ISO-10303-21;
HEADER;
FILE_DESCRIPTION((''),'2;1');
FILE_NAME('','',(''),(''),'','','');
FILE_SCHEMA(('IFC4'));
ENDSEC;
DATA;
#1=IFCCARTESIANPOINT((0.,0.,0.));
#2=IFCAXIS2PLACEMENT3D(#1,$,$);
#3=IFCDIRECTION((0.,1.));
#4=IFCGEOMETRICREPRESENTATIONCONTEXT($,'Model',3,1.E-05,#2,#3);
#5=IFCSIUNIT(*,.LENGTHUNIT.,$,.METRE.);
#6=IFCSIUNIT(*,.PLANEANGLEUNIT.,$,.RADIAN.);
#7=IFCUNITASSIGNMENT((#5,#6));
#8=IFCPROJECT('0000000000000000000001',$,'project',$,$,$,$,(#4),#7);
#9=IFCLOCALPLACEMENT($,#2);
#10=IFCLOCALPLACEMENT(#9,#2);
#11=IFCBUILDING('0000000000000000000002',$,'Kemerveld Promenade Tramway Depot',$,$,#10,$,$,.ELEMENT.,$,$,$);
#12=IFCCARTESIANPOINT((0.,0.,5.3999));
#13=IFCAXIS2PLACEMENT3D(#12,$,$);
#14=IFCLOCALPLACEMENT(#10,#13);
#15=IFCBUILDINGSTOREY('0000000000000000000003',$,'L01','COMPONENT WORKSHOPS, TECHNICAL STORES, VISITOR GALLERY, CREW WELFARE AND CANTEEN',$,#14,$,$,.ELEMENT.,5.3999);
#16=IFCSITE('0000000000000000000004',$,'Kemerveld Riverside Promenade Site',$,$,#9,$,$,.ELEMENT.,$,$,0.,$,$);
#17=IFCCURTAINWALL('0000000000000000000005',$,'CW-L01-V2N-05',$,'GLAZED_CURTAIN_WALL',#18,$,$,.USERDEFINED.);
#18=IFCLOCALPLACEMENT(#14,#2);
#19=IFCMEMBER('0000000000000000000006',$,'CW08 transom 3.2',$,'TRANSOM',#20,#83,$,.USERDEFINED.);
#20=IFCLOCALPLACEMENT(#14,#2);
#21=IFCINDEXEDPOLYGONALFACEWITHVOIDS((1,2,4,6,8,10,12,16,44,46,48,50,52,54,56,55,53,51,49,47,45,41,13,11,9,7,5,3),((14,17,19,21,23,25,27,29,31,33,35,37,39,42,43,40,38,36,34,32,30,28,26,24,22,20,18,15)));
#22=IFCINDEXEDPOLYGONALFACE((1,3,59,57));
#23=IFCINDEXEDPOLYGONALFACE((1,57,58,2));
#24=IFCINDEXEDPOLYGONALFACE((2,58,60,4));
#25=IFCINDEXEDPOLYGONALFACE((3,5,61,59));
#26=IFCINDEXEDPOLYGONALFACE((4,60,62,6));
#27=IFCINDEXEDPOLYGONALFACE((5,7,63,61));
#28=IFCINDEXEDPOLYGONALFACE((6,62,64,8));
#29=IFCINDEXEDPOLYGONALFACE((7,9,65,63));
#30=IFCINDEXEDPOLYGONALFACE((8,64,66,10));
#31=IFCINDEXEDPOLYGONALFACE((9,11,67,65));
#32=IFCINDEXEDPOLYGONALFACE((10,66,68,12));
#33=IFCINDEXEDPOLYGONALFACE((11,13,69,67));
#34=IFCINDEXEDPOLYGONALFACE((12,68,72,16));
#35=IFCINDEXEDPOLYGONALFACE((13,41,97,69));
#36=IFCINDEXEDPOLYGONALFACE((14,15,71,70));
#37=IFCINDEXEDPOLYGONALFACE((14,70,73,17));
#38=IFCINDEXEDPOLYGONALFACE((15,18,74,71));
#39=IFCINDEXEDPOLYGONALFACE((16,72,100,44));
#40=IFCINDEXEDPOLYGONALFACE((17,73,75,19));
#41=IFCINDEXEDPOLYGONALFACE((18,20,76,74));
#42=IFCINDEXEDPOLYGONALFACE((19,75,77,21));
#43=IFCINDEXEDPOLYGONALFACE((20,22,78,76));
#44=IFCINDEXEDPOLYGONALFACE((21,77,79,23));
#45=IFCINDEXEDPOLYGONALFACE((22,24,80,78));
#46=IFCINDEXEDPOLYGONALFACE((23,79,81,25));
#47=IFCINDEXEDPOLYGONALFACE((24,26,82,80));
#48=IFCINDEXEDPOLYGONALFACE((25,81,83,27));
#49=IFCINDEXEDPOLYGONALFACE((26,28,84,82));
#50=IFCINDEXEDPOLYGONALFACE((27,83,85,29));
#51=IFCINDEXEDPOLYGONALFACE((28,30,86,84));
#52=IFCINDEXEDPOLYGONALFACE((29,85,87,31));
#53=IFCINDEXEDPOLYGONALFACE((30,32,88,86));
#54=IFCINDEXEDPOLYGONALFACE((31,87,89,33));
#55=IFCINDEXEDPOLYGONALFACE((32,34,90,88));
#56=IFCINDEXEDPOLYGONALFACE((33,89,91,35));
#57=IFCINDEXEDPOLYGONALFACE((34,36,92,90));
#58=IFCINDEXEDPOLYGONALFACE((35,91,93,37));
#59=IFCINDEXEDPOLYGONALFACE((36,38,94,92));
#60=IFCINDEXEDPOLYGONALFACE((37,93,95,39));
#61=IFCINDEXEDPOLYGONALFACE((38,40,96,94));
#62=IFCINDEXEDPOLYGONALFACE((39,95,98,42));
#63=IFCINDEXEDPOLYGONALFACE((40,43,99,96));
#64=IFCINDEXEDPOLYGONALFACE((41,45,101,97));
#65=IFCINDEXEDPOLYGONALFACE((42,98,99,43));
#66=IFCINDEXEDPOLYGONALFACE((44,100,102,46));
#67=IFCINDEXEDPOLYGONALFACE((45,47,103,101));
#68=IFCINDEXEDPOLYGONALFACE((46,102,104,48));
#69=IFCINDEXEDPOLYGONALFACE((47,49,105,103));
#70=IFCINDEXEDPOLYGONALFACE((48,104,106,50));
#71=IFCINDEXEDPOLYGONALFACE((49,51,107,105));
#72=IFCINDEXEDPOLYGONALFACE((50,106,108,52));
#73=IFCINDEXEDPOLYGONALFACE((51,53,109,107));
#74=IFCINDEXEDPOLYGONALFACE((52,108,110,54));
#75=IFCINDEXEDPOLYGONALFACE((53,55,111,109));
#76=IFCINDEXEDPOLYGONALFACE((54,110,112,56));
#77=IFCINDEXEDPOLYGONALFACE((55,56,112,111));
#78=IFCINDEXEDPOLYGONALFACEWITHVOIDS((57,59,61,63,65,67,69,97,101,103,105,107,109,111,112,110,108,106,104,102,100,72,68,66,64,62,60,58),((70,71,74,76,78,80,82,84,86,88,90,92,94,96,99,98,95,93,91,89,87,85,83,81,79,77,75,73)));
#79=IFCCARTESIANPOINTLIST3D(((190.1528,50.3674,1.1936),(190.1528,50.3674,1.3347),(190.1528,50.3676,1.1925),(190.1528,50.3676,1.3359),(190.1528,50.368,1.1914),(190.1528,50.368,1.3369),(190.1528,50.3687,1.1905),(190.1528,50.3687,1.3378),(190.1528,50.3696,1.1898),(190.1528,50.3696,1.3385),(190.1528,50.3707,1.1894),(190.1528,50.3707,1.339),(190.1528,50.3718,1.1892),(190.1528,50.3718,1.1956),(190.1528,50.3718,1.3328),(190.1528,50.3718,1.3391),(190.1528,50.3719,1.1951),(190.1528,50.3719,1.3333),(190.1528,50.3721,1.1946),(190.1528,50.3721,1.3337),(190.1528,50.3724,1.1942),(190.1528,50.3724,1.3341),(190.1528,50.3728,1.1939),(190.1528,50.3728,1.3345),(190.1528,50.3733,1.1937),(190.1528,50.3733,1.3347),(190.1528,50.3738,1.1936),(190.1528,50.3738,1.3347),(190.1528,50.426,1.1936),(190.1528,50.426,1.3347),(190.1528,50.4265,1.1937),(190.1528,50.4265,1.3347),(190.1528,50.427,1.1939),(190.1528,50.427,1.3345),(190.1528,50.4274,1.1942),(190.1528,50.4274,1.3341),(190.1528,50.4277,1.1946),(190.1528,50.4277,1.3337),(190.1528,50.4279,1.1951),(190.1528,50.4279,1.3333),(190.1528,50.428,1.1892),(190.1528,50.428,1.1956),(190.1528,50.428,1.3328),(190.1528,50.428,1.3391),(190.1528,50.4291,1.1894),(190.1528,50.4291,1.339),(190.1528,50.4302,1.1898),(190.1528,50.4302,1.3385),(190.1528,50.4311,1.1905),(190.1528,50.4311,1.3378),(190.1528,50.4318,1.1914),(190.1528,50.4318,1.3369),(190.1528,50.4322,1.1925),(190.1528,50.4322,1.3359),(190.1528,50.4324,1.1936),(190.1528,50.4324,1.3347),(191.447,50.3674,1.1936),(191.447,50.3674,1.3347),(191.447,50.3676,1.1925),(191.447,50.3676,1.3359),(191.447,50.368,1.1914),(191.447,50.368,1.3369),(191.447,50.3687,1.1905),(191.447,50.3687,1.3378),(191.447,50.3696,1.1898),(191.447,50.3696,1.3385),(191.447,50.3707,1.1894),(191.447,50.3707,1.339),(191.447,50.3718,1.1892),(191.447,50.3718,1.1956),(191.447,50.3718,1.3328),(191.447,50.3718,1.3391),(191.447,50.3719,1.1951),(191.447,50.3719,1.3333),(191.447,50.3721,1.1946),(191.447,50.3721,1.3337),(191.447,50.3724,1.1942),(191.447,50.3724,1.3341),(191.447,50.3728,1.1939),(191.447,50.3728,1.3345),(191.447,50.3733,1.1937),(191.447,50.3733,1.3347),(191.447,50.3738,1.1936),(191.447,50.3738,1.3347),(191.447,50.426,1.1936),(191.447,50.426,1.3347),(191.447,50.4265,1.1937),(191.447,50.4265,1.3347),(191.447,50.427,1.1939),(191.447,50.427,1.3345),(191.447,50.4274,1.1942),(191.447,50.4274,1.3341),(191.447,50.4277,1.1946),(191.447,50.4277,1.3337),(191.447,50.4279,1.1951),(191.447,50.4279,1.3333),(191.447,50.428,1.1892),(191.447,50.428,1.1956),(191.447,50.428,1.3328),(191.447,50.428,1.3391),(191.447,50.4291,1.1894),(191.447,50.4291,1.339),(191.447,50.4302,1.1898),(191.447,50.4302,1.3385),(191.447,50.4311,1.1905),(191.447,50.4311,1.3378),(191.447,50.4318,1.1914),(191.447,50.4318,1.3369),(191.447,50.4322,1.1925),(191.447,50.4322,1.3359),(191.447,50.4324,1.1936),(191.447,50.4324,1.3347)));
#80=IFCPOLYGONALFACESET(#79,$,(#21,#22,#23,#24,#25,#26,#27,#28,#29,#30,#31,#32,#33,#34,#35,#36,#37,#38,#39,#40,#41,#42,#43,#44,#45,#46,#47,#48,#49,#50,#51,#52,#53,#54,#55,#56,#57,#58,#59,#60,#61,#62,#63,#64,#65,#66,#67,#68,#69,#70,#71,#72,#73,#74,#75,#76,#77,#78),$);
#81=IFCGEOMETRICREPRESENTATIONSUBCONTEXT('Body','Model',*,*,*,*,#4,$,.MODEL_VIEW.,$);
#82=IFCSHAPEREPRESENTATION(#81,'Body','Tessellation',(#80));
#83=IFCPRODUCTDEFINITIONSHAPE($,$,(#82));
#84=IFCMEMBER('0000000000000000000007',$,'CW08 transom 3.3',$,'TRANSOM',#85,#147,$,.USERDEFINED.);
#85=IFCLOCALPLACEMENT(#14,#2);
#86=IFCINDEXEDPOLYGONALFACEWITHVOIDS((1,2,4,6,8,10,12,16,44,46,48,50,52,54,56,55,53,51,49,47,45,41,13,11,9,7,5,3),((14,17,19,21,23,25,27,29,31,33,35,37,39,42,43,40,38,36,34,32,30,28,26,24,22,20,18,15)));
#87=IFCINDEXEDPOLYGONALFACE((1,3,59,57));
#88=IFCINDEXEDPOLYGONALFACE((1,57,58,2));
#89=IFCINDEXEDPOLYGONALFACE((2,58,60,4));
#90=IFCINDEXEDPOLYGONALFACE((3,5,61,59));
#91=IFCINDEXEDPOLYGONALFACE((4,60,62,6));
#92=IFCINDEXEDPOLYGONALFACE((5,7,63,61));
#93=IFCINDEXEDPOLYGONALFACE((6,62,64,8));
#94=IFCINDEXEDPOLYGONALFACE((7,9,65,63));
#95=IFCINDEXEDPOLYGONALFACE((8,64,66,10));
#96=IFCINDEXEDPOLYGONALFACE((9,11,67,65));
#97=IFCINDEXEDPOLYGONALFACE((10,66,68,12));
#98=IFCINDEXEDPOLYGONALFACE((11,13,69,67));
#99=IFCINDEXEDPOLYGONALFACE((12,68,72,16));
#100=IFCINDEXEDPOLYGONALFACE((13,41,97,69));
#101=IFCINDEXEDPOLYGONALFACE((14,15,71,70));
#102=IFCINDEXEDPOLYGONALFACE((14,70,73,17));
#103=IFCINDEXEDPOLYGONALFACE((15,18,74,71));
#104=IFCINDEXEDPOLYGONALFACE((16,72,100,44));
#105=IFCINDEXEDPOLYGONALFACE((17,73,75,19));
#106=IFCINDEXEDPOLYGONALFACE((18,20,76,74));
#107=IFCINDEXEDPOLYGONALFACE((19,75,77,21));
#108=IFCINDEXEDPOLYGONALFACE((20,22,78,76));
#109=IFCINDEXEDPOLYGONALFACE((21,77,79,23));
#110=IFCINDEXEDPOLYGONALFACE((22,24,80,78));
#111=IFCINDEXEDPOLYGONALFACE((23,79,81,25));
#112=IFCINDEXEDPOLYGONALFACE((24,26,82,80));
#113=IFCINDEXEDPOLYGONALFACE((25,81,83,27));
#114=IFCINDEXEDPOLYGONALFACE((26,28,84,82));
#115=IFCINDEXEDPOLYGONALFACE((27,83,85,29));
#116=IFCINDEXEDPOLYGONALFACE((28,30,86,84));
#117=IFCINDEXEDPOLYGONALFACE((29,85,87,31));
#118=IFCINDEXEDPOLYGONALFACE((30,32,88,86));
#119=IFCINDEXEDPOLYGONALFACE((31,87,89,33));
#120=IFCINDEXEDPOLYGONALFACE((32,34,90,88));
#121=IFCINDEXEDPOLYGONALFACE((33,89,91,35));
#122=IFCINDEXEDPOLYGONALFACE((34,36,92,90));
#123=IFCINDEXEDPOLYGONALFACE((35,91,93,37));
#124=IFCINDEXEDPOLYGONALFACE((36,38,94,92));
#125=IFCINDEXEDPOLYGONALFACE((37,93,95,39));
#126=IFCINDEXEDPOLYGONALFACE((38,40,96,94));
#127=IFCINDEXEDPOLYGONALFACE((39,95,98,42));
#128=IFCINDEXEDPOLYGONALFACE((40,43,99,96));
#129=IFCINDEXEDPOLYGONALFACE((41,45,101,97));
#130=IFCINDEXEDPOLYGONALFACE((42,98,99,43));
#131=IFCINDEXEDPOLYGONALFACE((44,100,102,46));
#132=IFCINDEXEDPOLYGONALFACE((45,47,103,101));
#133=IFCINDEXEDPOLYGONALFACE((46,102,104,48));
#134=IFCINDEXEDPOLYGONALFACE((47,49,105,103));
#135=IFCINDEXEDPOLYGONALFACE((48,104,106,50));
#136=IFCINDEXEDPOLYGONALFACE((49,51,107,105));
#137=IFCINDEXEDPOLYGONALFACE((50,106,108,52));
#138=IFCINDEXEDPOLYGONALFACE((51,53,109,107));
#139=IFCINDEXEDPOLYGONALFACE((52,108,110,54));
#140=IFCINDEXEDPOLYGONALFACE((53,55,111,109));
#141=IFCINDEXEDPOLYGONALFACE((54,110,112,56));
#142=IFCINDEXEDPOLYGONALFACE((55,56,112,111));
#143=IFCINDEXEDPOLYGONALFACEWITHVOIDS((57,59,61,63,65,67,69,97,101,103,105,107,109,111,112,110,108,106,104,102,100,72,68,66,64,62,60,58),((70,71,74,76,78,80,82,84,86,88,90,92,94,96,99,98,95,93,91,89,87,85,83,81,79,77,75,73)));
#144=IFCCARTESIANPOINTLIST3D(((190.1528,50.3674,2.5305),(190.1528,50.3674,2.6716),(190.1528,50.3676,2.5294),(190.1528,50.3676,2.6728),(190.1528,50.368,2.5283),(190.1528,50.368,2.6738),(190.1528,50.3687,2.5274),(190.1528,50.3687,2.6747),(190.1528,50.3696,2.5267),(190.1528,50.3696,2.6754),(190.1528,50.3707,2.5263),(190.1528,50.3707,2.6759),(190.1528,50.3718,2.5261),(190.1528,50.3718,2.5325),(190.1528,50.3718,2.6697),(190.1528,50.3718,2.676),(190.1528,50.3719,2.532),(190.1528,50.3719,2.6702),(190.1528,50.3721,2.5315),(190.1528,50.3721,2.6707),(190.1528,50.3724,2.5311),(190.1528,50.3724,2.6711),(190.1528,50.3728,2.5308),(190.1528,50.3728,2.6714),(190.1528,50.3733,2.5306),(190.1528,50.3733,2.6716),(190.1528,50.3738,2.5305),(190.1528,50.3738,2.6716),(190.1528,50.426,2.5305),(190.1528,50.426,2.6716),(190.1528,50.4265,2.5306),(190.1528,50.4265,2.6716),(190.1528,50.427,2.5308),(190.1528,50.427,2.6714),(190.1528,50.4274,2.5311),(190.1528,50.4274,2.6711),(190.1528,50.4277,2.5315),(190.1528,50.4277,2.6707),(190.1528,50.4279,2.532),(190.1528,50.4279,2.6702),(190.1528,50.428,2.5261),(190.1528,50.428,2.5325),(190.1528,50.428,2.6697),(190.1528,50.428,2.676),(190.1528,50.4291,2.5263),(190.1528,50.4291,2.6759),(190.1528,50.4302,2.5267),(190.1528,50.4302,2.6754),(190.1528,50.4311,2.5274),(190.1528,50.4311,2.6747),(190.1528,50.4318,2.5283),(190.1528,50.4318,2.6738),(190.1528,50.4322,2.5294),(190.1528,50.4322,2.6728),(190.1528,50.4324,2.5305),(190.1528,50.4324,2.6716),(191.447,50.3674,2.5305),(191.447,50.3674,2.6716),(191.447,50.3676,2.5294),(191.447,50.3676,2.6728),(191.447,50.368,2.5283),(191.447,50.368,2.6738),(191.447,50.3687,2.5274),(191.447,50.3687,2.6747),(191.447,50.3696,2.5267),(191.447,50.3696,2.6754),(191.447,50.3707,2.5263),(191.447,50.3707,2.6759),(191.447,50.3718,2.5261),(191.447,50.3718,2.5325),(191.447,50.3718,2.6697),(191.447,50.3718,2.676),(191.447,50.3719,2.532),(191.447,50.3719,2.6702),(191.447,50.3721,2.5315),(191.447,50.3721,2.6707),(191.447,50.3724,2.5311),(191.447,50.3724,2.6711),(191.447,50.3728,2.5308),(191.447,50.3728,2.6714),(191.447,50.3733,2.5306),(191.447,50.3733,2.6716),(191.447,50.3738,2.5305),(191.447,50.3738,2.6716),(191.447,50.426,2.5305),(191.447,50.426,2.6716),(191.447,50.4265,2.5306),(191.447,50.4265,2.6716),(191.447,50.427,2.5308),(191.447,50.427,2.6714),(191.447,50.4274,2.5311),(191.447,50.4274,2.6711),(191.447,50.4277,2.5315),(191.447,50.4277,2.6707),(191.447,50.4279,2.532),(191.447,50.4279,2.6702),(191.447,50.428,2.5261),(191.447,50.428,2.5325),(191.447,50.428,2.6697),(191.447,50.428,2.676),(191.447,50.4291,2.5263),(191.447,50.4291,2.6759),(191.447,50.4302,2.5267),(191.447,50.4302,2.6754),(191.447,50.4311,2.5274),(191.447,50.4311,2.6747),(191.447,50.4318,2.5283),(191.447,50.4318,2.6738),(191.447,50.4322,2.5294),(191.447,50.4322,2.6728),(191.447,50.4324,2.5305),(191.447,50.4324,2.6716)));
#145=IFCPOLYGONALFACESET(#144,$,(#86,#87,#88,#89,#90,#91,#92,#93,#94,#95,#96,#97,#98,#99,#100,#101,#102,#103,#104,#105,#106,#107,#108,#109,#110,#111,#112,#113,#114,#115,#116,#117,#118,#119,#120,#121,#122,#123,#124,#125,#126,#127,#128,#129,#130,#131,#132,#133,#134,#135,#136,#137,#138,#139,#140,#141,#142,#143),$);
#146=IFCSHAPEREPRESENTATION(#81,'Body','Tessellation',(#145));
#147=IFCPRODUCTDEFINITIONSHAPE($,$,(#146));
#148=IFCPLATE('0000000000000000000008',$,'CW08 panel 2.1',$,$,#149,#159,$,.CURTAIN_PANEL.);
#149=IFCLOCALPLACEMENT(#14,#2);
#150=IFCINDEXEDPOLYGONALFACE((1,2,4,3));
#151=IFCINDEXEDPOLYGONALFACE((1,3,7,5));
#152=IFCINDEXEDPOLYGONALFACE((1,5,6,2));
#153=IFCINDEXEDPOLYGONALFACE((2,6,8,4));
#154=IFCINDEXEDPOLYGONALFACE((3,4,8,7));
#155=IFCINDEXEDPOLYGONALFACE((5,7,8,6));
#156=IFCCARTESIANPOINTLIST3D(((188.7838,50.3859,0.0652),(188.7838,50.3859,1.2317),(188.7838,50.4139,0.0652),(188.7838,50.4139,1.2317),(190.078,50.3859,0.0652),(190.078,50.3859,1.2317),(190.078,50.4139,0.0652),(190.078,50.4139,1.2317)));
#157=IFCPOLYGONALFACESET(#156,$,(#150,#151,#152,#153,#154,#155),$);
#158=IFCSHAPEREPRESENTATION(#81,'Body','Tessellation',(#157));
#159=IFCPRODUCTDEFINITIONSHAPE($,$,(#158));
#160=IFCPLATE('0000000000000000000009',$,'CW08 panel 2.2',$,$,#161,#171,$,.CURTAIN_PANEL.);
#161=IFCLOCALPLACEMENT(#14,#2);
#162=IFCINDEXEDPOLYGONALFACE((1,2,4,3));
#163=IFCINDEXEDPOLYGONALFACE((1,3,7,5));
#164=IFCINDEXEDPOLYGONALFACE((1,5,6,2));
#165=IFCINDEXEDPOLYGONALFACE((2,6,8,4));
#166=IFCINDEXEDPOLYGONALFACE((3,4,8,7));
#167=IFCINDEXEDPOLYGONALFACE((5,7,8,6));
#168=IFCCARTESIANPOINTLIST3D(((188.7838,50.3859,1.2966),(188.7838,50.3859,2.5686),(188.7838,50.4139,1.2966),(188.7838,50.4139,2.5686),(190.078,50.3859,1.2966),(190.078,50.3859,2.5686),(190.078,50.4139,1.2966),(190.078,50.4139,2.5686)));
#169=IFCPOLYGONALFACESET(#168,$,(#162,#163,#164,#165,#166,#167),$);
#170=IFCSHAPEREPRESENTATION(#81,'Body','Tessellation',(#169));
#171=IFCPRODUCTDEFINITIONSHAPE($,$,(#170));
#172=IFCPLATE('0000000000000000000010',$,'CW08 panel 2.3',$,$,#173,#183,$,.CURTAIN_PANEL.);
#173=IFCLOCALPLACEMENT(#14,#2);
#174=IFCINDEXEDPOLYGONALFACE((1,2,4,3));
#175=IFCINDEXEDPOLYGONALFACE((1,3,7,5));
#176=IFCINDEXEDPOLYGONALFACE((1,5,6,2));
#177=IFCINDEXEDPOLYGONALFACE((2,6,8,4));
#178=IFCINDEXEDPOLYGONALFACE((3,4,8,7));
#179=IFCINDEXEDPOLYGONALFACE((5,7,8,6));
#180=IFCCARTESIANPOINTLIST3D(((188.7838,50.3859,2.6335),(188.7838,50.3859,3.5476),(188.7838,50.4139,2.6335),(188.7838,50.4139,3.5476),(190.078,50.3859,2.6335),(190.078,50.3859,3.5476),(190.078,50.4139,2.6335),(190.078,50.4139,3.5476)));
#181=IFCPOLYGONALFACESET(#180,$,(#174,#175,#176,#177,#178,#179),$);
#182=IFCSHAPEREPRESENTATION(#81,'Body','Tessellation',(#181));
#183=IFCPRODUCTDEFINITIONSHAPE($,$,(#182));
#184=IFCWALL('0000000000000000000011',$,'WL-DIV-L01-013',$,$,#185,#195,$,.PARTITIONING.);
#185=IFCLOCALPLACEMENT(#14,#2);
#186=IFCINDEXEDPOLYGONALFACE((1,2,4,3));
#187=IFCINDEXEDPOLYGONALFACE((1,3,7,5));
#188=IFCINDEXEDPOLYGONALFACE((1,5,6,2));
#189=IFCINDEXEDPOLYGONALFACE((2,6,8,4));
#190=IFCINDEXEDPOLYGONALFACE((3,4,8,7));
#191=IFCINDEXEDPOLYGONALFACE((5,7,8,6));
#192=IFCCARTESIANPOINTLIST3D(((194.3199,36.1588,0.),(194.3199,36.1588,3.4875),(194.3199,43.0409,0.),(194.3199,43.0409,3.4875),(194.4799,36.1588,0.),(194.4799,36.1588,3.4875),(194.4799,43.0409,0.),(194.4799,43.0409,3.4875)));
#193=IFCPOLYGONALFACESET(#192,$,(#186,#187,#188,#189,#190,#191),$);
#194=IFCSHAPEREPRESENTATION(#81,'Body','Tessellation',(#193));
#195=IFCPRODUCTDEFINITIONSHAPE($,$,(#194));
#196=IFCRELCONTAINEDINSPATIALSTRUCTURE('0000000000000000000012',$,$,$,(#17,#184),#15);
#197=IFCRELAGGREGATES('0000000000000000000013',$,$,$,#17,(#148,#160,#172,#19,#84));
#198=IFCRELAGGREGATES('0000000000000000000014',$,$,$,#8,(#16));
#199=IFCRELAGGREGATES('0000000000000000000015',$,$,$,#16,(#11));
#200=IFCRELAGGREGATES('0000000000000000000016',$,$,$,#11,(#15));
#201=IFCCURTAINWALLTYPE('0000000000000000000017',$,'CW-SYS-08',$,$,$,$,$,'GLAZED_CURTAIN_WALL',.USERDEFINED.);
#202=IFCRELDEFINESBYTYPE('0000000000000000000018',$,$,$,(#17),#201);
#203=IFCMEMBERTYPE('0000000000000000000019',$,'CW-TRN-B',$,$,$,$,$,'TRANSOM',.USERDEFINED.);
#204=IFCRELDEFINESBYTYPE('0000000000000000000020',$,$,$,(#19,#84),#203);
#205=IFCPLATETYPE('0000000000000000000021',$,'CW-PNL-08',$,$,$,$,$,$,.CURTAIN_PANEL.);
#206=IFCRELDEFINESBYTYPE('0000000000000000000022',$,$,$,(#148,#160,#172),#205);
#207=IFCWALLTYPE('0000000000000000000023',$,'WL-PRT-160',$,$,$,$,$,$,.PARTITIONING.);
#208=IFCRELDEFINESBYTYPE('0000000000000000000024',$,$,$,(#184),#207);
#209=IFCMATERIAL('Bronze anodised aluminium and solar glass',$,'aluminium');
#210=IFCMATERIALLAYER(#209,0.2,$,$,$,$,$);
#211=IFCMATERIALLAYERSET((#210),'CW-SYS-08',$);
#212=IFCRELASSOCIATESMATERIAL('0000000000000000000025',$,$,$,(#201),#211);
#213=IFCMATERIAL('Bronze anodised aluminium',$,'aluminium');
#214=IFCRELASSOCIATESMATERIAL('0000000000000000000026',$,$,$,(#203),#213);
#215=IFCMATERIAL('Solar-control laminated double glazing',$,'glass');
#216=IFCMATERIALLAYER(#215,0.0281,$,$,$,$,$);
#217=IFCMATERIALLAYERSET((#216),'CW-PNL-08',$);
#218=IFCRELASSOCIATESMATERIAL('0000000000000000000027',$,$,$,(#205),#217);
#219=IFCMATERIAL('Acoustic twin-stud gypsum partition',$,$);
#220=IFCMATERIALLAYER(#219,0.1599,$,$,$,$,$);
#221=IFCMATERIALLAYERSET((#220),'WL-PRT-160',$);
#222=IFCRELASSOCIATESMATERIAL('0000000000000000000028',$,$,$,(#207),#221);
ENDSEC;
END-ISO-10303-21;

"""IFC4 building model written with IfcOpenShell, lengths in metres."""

from ifc_helpers import new_model, si_unit, direction, frame, frame_2d, origin, origin_2d, place, context, subcontext, project, spatial, rectangle, hollow_rectangle, extrude, material, layer, layer_set, material_profile, profile_set, type_object, element, aggregate, save


model = new_model("IFC4")

# Units and contexts
model_context = context("Model", 3, precision=1e-05, world=origin(), true_north=direction((0.0, 1.0)))
body_context = subcontext(model_context, "Body", "Model", "MODEL_VIEW")
ifc_project = project(units=[si_unit("LENGTHUNIT", "METRE"), si_unit("PLANEANGLEUNIT", "RADIAN")], contexts=[model_context])

# Site, building, storey
site_placement = place(None, origin())
site = spatial("IfcSite", under=ifc_project, at=site_placement, Name="Kemerveld Riverside Promenade Site", CompositionType="ELEMENT", RefElevation=0.0)
building_placement = place(site_placement, origin())
building = spatial("IfcBuilding", under=site, at=building_placement, Name="Kemerveld Promenade Tramway Depot", CompositionType="ELEMENT")
storey_placement = place(building_placement, frame((0.0, 0.0, 5.3999)))
storey = spatial("IfcBuildingStorey", under=building, at=storey_placement, Name="L01", Description="COMPONENT WORKSHOPS, TECHNICAL STORES, VISITOR GALLERY, CREW WELFARE AND CANTEEN", CompositionType="ELEMENT", Elevation=5.3999)

# Curtain wall, members, plates
ifc_material_1 = material(Name="Bronze anodised aluminium and solar glass", Category="aluminium")
ifc_layer_1 = layer(ifc_material_1, 0.2)
ifc_layer_set_1 = layer_set([ifc_layer_1], Name="CW-SYS-08")
curtain_wall_type = type_object("IfcCurtainWallType", Name="CW-SYS-08", ElementType="GLAZED_CURTAIN_WALL", PredefinedType="USERDEFINED", material=ifc_layer_set_1)
curtain_wall_placement = place(storey_placement, origin())
curtain_wall = element("IfcCurtainWall", 1, at=curtain_wall_placement, inside=storey, type_object=curtain_wall_type, Name="CW-L01-V2N-05", ObjectType="GLAZED_CURTAIN_WALL", PredefinedType="USERDEFINED")
ifc_material_2 = material(Name="Bronze anodised aluminium", Category="aluminium")
ifc_material_profile_1 = material_profile(ifc_material_2, hollow_rectangle(XDim=0.0649, YDim=0.1499, WallThickness=0.0044, InnerFilletRadius=0.002, OuterFilletRadius=0.0044, at=origin_2d()), Name="CW-TRN-150x65")
ifc_profile_set_1 = profile_set([ifc_material_profile_1], Name="Bronze anodised aluminium")
member_type_1 = type_object("IfcMemberType", Name="CW-TRN-B", ElementType="TRANSOM", PredefinedType="USERDEFINED", material=ifc_profile_set_1)
member_1_placement = place(storey_placement, frame((190.1528, 50.3999, 1.2642), z_axis=(1.0, 0.0, 0.0), x_axis=(0.0, 1.0, 0.0)))
member_1 = element("IfcMember", 2, at=member_1_placement, type_object=member_type_1, Name="CW08 transom 3.2", ObjectType="TRANSOM", PredefinedType="USERDEFINED", context=body_context, shape_type="SweptSolid", body=[
    extrude(hollow_rectangle(XDim=0.0649, YDim=0.1499, WallThickness=0.0044, InnerFilletRadius=0.002, OuterFilletRadius=0.0044, at=origin_2d()), origin(), (0.0, 0.0, 1.0), 1.2942),
])
member_2_placement = place(storey_placement, frame((190.1528, 50.3999, 2.6011), z_axis=(1.0, 0.0, 0.0), x_axis=(0.0, 1.0, 0.0)))
member_2 = element("IfcMember", 3, at=member_2_placement, type_object=member_type_1, Name="CW08 transom 3.3", ObjectType="TRANSOM", PredefinedType="USERDEFINED", context=body_context, shape_type="SweptSolid", body=[
    extrude(hollow_rectangle(XDim=0.0649, YDim=0.1499, WallThickness=0.0044, InnerFilletRadius=0.002, OuterFilletRadius=0.0044, at=origin_2d()), origin(), (0.0, 0.0, 1.0), 1.2942),
])
ifc_material_3 = material(Name="Solar-control laminated double glazing", Category="glass")
ifc_layer_2 = layer(ifc_material_3, 0.0281)
ifc_layer_set_2 = layer_set([ifc_layer_2], Name="CW-PNL-08")
plate_type = type_object("IfcPlateType", Name="CW-PNL-08", PredefinedType="CURTAIN_PANEL", material=ifc_layer_set_2)
plate_1_placement = place(storey_placement, frame((189.4309, 50.3999, 0.0652), z_axis=(0.0, 0.0, 1.0), x_axis=(1.0, 0.0, 0.0)))
plate_1 = element("IfcPlate", 4, at=plate_1_placement, type_object=plate_type, Name="CW08 panel 2.1", PredefinedType="CURTAIN_PANEL", context=body_context, shape_type="SweptSolid", body=[
    extrude(rectangle(XDim=1.2942, YDim=0.0281, at=origin_2d()), origin(), (0.0, 0.0, 1.0), 1.1665),
])
plate_2_placement = place(storey_placement, frame((189.4309, 50.3999, 1.2966), z_axis=(0.0, 0.0, 1.0), x_axis=(1.0, 0.0, 0.0)))
plate_2 = element("IfcPlate", 5, at=plate_2_placement, type_object=plate_type, Name="CW08 panel 2.2", PredefinedType="CURTAIN_PANEL", context=body_context, shape_type="SweptSolid", body=[
    extrude(rectangle(XDim=1.2942, YDim=0.0281, at=origin_2d()), origin(), (0.0, 0.0, 1.0), 1.272),
])
plate_3_placement = place(storey_placement, frame((189.4309, 50.3999, 2.6335), z_axis=(0.0, 0.0, 1.0), x_axis=(1.0, 0.0, 0.0)))
plate_3 = element("IfcPlate", 6, at=plate_3_placement, type_object=plate_type, Name="CW08 panel 2.3", PredefinedType="CURTAIN_PANEL", context=body_context, shape_type="SweptSolid", body=[
    extrude(rectangle(XDim=1.2942, YDim=0.0281, at=origin_2d()), origin(), (0.0, 0.0, 1.0), 0.9141),
])
aggregate(curtain_wall, [plate_1, plate_2, plate_3, member_1, member_2])

# Wall
ifc_material_4 = material(Name="Acoustic twin-stud gypsum partition")
ifc_layer_3 = layer(ifc_material_4, 0.1599)
ifc_layer_set_3 = layer_set([ifc_layer_3], Name="WL-PRT-160")
wall_type = type_object("IfcWallType", Name="WL-PRT-160", PredefinedType="PARTITIONING", material=ifc_layer_set_3)
wall_1_placement = place(storey_placement, frame((194.3999, 36.1589, 0.0), z_axis=(0.0, 0.0, 1.0), x_axis=(0.0, 1.0, 0.0)))
element("IfcWall", 7, at=wall_1_placement, inside=storey, type_object=wall_type, Name="WL-DIV-L01-013", PredefinedType="PARTITIONING", context=body_context, shape_type="SweptSolid", body=[
    extrude(rectangle(XDim=6.8821, YDim=0.1599, at=frame_2d((3.4409, 0.0))), origin(), (0.0, 0.0, 1.0), 3.4875),
])

save(model, "model.ifc")
